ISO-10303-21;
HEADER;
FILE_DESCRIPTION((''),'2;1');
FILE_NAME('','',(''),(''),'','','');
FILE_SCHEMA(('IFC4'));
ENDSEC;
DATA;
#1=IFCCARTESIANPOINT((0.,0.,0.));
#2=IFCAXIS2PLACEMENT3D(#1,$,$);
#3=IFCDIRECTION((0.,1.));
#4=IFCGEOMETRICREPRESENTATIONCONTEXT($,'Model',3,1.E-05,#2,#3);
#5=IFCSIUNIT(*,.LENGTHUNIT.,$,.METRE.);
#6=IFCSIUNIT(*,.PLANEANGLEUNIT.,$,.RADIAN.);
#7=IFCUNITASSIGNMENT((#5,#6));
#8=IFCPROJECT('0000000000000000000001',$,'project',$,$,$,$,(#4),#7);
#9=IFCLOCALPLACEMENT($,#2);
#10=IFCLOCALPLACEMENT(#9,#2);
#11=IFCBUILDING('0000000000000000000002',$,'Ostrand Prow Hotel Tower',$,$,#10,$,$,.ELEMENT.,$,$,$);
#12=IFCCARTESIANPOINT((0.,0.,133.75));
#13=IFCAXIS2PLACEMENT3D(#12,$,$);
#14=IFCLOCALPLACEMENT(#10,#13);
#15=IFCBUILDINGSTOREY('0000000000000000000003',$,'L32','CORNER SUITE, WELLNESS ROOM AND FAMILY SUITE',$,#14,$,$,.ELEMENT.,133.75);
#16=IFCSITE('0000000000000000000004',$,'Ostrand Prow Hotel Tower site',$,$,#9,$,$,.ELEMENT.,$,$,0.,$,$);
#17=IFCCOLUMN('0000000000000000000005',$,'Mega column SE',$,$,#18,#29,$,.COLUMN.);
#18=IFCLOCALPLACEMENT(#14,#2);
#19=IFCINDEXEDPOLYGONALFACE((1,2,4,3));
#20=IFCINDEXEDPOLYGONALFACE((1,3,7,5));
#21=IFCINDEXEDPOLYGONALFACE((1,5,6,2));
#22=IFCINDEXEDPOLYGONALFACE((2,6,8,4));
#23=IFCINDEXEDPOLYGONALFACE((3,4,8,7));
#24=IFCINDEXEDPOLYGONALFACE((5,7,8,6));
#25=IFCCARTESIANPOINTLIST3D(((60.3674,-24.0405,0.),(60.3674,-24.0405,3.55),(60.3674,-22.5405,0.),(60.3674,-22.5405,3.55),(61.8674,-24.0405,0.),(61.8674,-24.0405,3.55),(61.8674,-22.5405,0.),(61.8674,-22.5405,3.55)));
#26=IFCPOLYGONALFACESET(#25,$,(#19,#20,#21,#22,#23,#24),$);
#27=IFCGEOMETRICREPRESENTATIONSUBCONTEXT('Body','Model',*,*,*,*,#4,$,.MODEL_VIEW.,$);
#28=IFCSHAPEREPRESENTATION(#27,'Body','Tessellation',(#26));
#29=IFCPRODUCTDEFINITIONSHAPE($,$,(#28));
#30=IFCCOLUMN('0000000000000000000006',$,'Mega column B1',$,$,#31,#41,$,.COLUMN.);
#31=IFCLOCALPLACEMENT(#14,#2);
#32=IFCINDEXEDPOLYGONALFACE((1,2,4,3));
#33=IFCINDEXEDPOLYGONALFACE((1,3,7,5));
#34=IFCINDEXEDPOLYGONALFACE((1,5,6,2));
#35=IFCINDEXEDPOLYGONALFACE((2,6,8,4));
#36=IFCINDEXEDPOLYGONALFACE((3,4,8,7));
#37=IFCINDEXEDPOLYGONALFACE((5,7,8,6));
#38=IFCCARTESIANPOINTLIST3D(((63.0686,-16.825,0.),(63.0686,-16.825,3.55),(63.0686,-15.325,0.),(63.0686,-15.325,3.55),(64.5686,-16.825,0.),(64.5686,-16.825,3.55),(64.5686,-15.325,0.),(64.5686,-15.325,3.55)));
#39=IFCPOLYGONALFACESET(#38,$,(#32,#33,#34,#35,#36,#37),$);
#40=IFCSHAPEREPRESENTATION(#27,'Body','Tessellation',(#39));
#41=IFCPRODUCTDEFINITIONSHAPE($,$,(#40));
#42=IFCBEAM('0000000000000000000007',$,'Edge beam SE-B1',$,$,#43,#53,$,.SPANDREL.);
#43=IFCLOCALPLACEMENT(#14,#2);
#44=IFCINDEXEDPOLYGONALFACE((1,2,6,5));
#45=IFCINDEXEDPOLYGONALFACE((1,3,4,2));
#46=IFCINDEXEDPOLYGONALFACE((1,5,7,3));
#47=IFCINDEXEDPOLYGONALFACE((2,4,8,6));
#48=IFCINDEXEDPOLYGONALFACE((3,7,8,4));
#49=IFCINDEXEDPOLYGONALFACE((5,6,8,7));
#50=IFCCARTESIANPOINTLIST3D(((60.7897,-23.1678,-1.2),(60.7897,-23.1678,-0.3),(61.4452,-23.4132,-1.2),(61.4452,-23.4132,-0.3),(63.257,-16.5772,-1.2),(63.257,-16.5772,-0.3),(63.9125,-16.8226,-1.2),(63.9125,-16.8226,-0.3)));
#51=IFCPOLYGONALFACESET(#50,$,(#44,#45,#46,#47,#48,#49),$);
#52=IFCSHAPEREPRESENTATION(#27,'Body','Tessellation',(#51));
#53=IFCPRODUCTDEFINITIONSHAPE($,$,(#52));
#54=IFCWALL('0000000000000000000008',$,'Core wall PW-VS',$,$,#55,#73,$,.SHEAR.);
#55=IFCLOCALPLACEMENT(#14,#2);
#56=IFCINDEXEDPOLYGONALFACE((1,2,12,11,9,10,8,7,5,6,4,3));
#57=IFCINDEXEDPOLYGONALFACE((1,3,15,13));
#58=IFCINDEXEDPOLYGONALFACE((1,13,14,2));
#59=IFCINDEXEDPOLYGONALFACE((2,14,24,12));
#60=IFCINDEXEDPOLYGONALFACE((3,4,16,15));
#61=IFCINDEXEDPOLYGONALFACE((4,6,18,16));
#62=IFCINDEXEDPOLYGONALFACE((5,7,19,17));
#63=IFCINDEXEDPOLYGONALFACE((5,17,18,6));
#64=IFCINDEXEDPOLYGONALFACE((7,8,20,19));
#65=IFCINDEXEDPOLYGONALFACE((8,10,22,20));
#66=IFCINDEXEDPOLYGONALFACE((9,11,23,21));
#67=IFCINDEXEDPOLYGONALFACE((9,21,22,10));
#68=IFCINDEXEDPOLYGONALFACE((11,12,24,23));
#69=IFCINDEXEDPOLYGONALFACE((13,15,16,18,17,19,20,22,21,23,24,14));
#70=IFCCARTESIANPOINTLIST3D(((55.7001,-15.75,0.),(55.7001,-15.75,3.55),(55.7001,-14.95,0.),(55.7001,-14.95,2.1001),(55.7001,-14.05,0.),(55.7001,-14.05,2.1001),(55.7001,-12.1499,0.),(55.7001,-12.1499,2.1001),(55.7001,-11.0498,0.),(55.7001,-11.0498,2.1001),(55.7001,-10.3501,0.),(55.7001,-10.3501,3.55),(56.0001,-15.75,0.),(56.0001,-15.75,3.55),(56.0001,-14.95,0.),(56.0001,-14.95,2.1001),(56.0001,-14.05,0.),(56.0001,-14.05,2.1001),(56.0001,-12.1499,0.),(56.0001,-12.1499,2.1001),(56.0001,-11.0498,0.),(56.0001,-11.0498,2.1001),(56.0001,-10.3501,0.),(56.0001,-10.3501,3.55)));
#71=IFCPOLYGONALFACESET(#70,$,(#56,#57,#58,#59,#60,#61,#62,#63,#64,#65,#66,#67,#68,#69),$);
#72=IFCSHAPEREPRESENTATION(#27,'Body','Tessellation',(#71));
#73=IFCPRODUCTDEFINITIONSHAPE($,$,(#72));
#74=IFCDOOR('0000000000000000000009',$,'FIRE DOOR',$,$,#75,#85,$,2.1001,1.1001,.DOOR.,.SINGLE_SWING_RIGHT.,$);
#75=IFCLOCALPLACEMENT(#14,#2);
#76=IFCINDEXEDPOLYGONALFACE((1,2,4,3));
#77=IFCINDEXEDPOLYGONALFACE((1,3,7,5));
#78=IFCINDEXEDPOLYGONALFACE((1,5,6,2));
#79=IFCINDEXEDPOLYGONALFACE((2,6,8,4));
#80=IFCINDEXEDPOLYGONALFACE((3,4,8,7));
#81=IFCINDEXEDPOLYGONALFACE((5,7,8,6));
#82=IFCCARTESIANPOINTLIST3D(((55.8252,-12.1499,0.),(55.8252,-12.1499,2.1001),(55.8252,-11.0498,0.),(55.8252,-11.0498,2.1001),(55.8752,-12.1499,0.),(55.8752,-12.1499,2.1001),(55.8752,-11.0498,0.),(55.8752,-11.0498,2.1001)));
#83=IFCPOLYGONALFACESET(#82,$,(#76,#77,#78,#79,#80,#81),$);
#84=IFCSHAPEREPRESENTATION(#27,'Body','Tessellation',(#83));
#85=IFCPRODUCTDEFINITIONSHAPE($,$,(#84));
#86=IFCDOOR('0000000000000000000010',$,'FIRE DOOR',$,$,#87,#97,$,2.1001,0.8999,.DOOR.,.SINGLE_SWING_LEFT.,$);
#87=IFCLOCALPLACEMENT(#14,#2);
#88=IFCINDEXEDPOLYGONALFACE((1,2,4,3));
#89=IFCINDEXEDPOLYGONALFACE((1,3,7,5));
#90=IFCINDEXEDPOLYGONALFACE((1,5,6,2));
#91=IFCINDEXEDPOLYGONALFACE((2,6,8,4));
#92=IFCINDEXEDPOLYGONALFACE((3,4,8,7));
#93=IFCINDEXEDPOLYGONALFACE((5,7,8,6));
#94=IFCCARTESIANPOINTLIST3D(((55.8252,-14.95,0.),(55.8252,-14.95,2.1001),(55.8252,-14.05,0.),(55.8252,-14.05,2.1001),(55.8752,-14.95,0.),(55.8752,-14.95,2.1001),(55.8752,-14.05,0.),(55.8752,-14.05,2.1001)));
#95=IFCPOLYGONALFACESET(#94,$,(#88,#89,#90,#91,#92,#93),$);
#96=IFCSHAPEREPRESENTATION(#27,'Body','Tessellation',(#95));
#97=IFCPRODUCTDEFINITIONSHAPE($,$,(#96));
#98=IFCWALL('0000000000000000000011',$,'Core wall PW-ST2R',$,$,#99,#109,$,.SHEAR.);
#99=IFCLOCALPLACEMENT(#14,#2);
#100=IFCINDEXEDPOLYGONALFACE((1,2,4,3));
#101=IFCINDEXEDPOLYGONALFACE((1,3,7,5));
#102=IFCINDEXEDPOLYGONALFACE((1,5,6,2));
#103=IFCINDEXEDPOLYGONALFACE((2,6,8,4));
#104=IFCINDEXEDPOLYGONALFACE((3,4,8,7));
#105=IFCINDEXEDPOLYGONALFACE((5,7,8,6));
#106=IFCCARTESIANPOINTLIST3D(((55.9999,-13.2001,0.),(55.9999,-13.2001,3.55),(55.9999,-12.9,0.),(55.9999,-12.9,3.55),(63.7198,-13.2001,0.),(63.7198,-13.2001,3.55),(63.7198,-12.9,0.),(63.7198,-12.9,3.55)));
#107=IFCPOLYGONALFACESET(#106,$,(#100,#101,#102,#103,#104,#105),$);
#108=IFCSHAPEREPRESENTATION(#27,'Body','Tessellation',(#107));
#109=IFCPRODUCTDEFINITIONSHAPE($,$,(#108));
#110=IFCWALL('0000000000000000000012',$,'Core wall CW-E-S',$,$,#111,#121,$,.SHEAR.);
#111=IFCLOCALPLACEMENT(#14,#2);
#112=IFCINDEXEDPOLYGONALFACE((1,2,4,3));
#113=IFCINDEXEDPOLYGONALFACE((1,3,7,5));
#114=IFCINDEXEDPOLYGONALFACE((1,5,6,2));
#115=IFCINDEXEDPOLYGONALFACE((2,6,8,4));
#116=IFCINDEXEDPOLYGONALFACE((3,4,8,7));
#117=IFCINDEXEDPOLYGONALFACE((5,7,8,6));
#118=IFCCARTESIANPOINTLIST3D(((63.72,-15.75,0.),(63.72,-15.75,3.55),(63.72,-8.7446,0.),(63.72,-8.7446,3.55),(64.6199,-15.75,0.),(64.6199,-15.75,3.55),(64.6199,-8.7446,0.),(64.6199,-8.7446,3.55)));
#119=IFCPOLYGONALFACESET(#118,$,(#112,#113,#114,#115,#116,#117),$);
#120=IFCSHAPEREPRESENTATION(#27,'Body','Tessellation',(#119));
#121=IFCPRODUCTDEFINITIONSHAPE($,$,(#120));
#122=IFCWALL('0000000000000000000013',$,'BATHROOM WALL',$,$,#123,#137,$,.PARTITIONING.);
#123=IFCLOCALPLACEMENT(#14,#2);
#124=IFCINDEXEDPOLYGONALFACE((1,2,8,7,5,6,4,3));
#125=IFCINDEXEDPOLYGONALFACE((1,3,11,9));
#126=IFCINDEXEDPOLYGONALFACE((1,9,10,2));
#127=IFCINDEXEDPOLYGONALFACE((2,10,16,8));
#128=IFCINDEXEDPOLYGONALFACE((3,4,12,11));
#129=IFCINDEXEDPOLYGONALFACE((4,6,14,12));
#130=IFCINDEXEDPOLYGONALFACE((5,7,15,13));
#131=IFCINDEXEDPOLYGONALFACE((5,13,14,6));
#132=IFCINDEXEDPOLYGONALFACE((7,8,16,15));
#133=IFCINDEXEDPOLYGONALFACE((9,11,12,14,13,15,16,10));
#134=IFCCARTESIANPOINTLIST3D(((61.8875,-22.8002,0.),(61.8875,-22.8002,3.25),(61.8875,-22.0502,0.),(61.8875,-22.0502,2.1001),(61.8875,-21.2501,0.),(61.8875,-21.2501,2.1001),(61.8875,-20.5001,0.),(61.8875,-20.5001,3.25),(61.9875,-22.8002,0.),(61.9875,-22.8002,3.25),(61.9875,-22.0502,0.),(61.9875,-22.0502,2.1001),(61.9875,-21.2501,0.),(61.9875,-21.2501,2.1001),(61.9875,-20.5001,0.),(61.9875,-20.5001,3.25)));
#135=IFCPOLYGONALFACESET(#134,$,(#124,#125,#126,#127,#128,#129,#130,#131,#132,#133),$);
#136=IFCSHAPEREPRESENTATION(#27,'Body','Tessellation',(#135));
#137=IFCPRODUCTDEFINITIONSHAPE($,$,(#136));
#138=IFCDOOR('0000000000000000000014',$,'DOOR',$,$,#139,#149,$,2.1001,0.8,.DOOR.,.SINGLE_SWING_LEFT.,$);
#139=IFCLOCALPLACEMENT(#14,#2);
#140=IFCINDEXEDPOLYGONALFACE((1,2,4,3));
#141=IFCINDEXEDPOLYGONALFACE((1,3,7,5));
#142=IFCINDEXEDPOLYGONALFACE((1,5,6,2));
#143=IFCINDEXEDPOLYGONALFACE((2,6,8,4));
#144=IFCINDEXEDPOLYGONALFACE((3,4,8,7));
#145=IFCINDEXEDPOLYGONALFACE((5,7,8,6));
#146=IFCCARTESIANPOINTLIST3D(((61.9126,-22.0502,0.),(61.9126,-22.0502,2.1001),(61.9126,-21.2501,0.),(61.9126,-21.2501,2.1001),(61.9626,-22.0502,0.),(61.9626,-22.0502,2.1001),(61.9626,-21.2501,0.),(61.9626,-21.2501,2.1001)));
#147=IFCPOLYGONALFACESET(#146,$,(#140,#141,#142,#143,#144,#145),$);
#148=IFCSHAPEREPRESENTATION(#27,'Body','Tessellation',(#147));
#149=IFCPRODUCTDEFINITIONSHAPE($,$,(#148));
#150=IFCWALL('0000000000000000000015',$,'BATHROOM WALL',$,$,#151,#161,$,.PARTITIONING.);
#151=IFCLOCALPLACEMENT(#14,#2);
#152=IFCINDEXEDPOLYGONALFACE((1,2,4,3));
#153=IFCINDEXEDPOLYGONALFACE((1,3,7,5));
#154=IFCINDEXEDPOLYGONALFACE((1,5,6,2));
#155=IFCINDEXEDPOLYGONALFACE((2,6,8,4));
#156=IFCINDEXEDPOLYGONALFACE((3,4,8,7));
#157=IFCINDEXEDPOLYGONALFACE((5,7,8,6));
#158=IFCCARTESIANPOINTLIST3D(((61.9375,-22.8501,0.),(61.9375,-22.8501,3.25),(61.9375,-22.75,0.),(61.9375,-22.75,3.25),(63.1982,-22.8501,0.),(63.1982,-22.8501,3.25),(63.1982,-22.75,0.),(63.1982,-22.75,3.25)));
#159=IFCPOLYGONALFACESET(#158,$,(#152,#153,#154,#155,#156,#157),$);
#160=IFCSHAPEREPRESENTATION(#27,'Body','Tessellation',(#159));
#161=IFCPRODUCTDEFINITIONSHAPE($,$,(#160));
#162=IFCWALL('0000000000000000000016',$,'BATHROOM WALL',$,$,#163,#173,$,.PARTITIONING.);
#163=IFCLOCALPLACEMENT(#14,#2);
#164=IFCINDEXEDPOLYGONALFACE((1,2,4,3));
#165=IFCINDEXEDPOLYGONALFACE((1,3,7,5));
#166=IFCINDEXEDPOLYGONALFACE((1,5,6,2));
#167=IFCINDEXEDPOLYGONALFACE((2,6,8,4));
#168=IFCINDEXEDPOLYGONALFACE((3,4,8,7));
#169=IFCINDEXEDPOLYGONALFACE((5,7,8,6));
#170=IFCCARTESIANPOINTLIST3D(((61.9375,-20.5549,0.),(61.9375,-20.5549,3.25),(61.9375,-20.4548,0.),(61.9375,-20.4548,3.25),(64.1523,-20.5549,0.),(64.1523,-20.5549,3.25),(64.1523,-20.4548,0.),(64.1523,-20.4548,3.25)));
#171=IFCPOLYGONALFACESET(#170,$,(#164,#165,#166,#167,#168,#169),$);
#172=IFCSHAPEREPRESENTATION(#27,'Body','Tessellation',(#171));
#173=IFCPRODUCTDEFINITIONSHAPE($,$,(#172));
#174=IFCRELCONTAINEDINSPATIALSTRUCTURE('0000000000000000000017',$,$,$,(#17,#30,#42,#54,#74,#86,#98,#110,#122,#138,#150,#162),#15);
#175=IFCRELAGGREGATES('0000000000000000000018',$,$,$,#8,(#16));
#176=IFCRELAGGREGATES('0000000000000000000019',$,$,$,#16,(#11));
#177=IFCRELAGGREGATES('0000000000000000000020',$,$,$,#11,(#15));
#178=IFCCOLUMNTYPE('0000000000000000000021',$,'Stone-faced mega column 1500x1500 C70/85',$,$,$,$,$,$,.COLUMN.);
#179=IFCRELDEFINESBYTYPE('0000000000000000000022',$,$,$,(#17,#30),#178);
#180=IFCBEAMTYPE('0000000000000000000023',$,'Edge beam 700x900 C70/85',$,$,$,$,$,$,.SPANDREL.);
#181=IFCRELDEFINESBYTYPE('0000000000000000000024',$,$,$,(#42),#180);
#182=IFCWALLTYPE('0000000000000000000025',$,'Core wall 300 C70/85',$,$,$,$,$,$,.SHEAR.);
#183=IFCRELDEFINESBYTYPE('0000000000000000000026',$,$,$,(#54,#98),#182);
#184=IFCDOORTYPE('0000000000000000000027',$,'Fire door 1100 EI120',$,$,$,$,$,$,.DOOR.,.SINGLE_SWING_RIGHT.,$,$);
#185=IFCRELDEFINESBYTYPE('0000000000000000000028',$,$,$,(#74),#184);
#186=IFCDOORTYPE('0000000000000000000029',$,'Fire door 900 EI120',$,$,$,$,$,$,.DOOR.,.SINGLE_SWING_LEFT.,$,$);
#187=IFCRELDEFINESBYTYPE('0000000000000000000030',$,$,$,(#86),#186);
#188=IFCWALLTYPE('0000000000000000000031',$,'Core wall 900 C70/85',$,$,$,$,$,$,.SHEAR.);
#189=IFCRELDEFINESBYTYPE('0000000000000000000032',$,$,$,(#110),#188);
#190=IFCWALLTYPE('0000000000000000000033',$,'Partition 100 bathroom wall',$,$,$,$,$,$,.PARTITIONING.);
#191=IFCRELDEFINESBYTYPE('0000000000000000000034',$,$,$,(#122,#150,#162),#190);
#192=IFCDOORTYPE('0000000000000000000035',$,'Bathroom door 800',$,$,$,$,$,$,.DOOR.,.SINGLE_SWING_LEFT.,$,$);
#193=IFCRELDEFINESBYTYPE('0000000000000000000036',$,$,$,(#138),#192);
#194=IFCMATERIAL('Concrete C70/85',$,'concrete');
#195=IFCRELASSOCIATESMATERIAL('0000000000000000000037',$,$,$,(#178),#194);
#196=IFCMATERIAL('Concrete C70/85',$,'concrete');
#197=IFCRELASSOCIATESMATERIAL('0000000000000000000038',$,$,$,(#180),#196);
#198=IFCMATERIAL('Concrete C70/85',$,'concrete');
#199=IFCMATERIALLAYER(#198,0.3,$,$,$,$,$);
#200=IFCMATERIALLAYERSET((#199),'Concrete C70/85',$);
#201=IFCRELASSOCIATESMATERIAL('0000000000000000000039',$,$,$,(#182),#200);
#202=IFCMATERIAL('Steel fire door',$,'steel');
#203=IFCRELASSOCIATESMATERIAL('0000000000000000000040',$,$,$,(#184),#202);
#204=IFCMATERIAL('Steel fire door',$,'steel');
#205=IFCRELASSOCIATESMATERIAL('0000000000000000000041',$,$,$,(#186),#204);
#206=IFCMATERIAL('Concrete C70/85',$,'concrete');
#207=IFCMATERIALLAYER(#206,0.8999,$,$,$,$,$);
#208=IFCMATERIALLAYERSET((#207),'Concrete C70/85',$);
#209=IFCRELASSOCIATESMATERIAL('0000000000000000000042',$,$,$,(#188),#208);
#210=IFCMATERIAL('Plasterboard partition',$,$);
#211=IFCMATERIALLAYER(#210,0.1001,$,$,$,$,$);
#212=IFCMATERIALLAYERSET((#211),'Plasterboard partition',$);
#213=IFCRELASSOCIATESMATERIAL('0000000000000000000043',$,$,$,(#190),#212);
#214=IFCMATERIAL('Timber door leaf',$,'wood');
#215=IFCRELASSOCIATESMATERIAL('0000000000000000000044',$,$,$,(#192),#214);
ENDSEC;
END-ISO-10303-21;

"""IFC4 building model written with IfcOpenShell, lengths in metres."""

from ifc_helpers import new_model, si_unit, direction, frame, frame_2d, origin, origin_2d, place, context, subcontext, project, spatial, rectangle, extrude, material, layer, layer_set, material_profile, profile_set, type_object, element, fill, save


model = new_model("IFC4")

# Units and contexts
model_context = context("Model", 3, precision=1e-05, world=origin(), true_north=direction((0.0, 1.0)))
body_context = subcontext(model_context, "Body", "Model", "MODEL_VIEW")
ifc_project = project(units=[si_unit("LENGTHUNIT", "METRE"), si_unit("PLANEANGLEUNIT", "RADIAN")], contexts=[model_context])

# Site, building, storey
site_placement = place(None, origin())
site = spatial("IfcSite", under=ifc_project, at=site_placement, Name="Ostrand Prow Hotel Tower site", CompositionType="ELEMENT", RefElevation=0.0)
building_placement = place(site_placement, origin())
building = spatial("IfcBuilding", under=site, at=building_placement, Name="Ostrand Prow Hotel Tower", CompositionType="ELEMENT")
storey_placement = place(building_placement, frame((0.0, 0.0, 133.75)))
storey = spatial("IfcBuildingStorey", under=building, at=storey_placement, Name="L32", Description="CORNER SUITE, WELLNESS ROOM AND FAMILY SUITE", CompositionType="ELEMENT", Elevation=133.75)

# Columns
ifc_material_1 = material(Name="Concrete C70/85", Category="concrete")
ifc_material_profile_1 = material_profile(ifc_material_1, rectangle(XDim=1.5, YDim=1.5, at=origin_2d()), Name="RC 1500x1500")
ifc_profile_set_1 = profile_set([ifc_material_profile_1], Name="Concrete C70/85")
column_type = type_object("IfcColumnType", Name="Stone-faced mega column 1500x1500 C70/85", PredefinedType="COLUMN", material=ifc_profile_set_1)
for number, where, z_axis, x_axis, name in (
    (1, (61.1174, -23.2905, 0.0), (0.0, 0.0, 1.0), (1.0, 0.0, 0.0), "Mega column SE"),
    (2, (63.8186, -16.075, 0.0), (0.0, 0.0, 1.0), (1.0, 0.0, 0.0), "Mega column B1"),
):
    element("IfcColumn", number, at=place(storey_placement, frame(where, z_axis=z_axis, x_axis=x_axis)), inside=storey, type_object=column_type, Name=name, PredefinedType="COLUMN", context=body_context, shape_type="SweptSolid", body=[
        extrude(rectangle(XDim=1.5, YDim=1.5, at=origin_2d()), origin(), (0.0, 0.0, 1.0), 3.55),
    ])

# Beam
ifc_material_2 = material(Name="Concrete C70/85", Category="concrete")
ifc_material_profile_2 = material_profile(ifc_material_2, rectangle(XDim=0.7, YDim=0.8999, at=origin_2d()), Name="RC 700x900")
ifc_profile_set_2 = profile_set([ifc_material_profile_2], Name="Concrete C70/85")
beam_type = type_object("IfcBeamType", Name="Edge beam 700x900 C70/85", PredefinedType="SPANDREL", material=ifc_profile_set_2)
beam_placement = place(storey_placement, frame((61.1174, -23.2905, -0.75), z_axis=(0.350603, 0.936524, 0.0), x_axis=(-0.936524, 0.350603, 0.0)))
element("IfcBeam", 3, at=beam_placement, inside=storey, type_object=beam_type, Name="Edge beam SE-B1", PredefinedType="SPANDREL", context=body_context, shape_type="SweptSolid", body=[
    extrude(rectangle(XDim=0.7, YDim=0.8999, at=origin_2d()), origin(), (0.0, 0.0, 1.0), 7.0374),
])

# Wall, openings, doors
ifc_material_3 = material(Name="Concrete C70/85", Category="concrete")
ifc_layer_1 = layer(ifc_material_3, 0.3)
ifc_layer_set_1 = layer_set([ifc_layer_1], Name="Concrete C70/85")
wall_type_1 = type_object("IfcWallType", Name="Core wall 300 C70/85", PredefinedType="SHEAR", material=ifc_layer_set_1)
wall_1_placement = place(storey_placement, frame((55.8501, -15.75, 0.0), z_axis=(0.0, 0.0, 1.0), x_axis=(0.0, 1.0, 0.0)))
wall_1 = element("IfcWall", 4, at=wall_1_placement, inside=storey, type_object=wall_type_1, Name="Core wall PW-VS", PredefinedType="SHEAR", context=body_context, shape_type="SweptSolid", body=[
    extrude(rectangle(XDim=5.3999, YDim=0.3, at=frame_2d((2.7, 0.0))), origin(), (0.0, 0.0, 1.0), 3.55),
])
opening_1_placement = place(wall_1_placement, frame((3.6001, 0.0, 0.0)))
opening_1 = element("IfcOpeningElement", 5, at=opening_1_placement, cuts=wall_1, PredefinedType="OPENING", context=body_context, shape_type="SweptSolid", body=[
    extrude(rectangle(XDim=1.1001, YDim=2.1001, at=frame_2d((0.55, 1.05))), frame((0.0, 0.1599, 0.0), z_axis=(0.0, -1.0, 0.0), x_axis=(1.0, 0.0, 0.0)), (0.0, 0.0, 1.0), 0.3201),
])
opening_2_placement = place(wall_1_placement, frame((0.8, 0.0, 0.0)))
opening_2 = element("IfcOpeningElement", 6, at=opening_2_placement, cuts=wall_1, PredefinedType="OPENING", context=body_context, shape_type="SweptSolid", body=[
    extrude(rectangle(XDim=0.8999, YDim=2.1001, at=frame_2d((0.45, 1.05))), frame((0.0, 0.1599, 0.0), z_axis=(0.0, -1.0, 0.0), x_axis=(1.0, 0.0, 0.0)), (0.0, 0.0, 1.0), 0.3201),
])
ifc_material_4 = material(Name="Steel fire door", Category="steel")
door_type_1 = type_object("IfcDoorType", Name="Fire door 1100 EI120", OperationType="SINGLE_SWING_RIGHT", PredefinedType="DOOR", material=ifc_material_4)
door_1_placement = place(opening_1_placement, origin())
door_1 = element("IfcDoor", 7, at=door_1_placement, inside=storey, type_object=door_type_1, Name="FIRE DOOR", OperationType="SINGLE_SWING_RIGHT", OverallHeight=2.1001, OverallWidth=1.1001, PredefinedType="DOOR", context=body_context, shape_type="SweptSolid", body=[
    extrude(rectangle(XDim=1.1001, YDim=2.1001, at=frame_2d((0.55, 1.05))), frame((0.0, 0.0249, 0.0), z_axis=(0.0, -1.0, 0.0), x_axis=(1.0, 0.0, 0.0)), (0.0, 0.0, 1.0), 0.05),
])
fill(opening_1, door_1)
ifc_material_5 = material(Name="Steel fire door", Category="steel")
door_type_2 = type_object("IfcDoorType", Name="Fire door 900 EI120", OperationType="SINGLE_SWING_LEFT", PredefinedType="DOOR", material=ifc_material_5)
door_2_placement = place(opening_2_placement, origin())
door_2 = element("IfcDoor", 8, at=door_2_placement, inside=storey, type_object=door_type_2, Name="FIRE DOOR", OperationType="SINGLE_SWING_LEFT", OverallHeight=2.1001, OverallWidth=0.8999, PredefinedType="DOOR", context=body_context, shape_type="SweptSolid", body=[
    extrude(rectangle(XDim=0.8999, YDim=2.1001, at=frame_2d((0.45, 1.05))), frame((0.0, 0.0249, 0.0), z_axis=(0.0, -1.0, 0.0), x_axis=(1.0, 0.0, 0.0)), (0.0, 0.0, 1.0), 0.05),
])
fill(opening_2, door_2)

# Walls
wall_2_placement = place(storey_placement, frame((56.0, -13.05, 0.0), z_axis=(0.0, 0.0, 1.0), x_axis=(1.0, 0.0, 0.0)))
element("IfcWall", 9, at=wall_2_placement, inside=storey, type_object=wall_type_1, Name="Core wall PW-ST2R", PredefinedType="SHEAR", context=body_context, shape_type="SweptSolid", body=[
    extrude(rectangle(XDim=7.72, YDim=0.3, at=frame_2d((3.8599, 0.0))), origin(), (0.0, 0.0, 1.0), 3.55),
])
ifc_material_6 = material(Name="Concrete C70/85", Category="concrete")
ifc_layer_2 = layer(ifc_material_6, 0.8999)
ifc_layer_set_2 = layer_set([ifc_layer_2], Name="Concrete C70/85")
wall_type_2 = type_object("IfcWallType", Name="Core wall 900 C70/85", PredefinedType="SHEAR", material=ifc_layer_set_2)
wall_3_placement = place(storey_placement, frame((64.1699, -15.75, 0.0), z_axis=(0.0, 0.0, 1.0), x_axis=(0.0, 1.0, 0.0)))
element("IfcWall", 10, at=wall_3_placement, inside=storey, type_object=wall_type_2, Name="Core wall CW-E-S", PredefinedType="SHEAR", context=body_context, shape_type="SweptSolid", body=[
    extrude(rectangle(XDim=7.0054, YDim=0.8999, at=frame_2d((3.5027, 0.0))), origin(), (0.0, 0.0, 1.0), 3.55),
])

# Wall, opening, door
ifc_material_7 = material(Name="Plasterboard partition")
ifc_layer_3 = layer(ifc_material_7, 0.1001)
ifc_layer_set_3 = layer_set([ifc_layer_3], Name="Plasterboard partition")
wall_type_3 = type_object("IfcWallType", Name="Partition 100 bathroom wall", PredefinedType="PARTITIONING", material=ifc_layer_set_3)
wall_4_placement = place(storey_placement, frame((61.9375, -22.8, 0.0), z_axis=(0.0, 0.0, 1.0), x_axis=(0.0, 1.0, 0.0)))
wall_4 = element("IfcWall", 11, at=wall_4_placement, inside=storey, type_object=wall_type_3, Name="BATHROOM WALL", PredefinedType="PARTITIONING", context=body_context, shape_type="SweptSolid", body=[
    extrude(rectangle(XDim=2.3, YDim=0.1001, at=frame_2d((1.1499, 0.0))), origin(), (0.0, 0.0, 1.0), 3.25),
])
opening_3_placement = place(wall_4_placement, frame((0.75, 0.0, 0.0)))
opening_3 = element("IfcOpeningElement", 12, at=opening_3_placement, cuts=wall_4, PredefinedType="OPENING", context=body_context, shape_type="SweptSolid", body=[
    extrude(rectangle(XDim=0.8, YDim=2.1001, at=frame_2d((0.3999, 1.05))), frame((0.0, 0.0601, 0.0), z_axis=(0.0, -1.0, 0.0), x_axis=(1.0, 0.0, 0.0)), (0.0, 0.0, 1.0), 0.1201),
])
ifc_material_8 = material(Name="Timber door leaf", Category="wood")
door_type_3 = type_object("IfcDoorType", Name="Bathroom door 800", OperationType="SINGLE_SWING_LEFT", PredefinedType="DOOR", material=ifc_material_8)
door_3_placement = place(opening_3_placement, origin())
door_3 = element("IfcDoor", 13, at=door_3_placement, inside=storey, type_object=door_type_3, Name="DOOR", OperationType="SINGLE_SWING_LEFT", OverallHeight=2.1001, OverallWidth=0.8, PredefinedType="DOOR", context=body_context, shape_type="SweptSolid", body=[
    extrude(rectangle(XDim=0.8, YDim=2.1001, at=frame_2d((0.3999, 1.05))), frame((0.0, 0.0249, 0.0), z_axis=(0.0, -1.0, 0.0), x_axis=(1.0, 0.0, 0.0)), (0.0, 0.0, 1.0), 0.05),
])
fill(opening_3, door_3)

# Walls
wall_5_placement = place(storey_placement, frame((63.1982, -22.8, 0.0), z_axis=(0.0, 0.0, 1.0), x_axis=(-1.0, 0.0, 0.0)))
element("IfcWall", 14, at=wall_5_placement, inside=storey, type_object=wall_type_3, Name="BATHROOM WALL", PredefinedType="PARTITIONING", context=body_context, shape_type="SweptSolid", body=[
    extrude(rectangle(XDim=1.2607, YDim=0.1001, at=frame_2d((0.6304, 0.0))), origin(), (0.0, 0.0, 1.0), 3.25),
])
wall_6_placement = place(storey_placement, frame((61.9375, -20.5049, 0.0), z_axis=(0.0, 0.0, 1.0), x_axis=(1.0, 0.0, 0.0)))
element("IfcWall", 15, at=wall_6_placement, inside=storey, type_object=wall_type_3, Name="BATHROOM WALL", PredefinedType="PARTITIONING", context=body_context, shape_type="SweptSolid", body=[
    extrude(rectangle(XDim=2.2148, YDim=0.1001, at=frame_2d((1.1074, 0.0))), origin(), (0.0, 0.0, 1.0), 3.25),
])

save(model, "model.ifc")
